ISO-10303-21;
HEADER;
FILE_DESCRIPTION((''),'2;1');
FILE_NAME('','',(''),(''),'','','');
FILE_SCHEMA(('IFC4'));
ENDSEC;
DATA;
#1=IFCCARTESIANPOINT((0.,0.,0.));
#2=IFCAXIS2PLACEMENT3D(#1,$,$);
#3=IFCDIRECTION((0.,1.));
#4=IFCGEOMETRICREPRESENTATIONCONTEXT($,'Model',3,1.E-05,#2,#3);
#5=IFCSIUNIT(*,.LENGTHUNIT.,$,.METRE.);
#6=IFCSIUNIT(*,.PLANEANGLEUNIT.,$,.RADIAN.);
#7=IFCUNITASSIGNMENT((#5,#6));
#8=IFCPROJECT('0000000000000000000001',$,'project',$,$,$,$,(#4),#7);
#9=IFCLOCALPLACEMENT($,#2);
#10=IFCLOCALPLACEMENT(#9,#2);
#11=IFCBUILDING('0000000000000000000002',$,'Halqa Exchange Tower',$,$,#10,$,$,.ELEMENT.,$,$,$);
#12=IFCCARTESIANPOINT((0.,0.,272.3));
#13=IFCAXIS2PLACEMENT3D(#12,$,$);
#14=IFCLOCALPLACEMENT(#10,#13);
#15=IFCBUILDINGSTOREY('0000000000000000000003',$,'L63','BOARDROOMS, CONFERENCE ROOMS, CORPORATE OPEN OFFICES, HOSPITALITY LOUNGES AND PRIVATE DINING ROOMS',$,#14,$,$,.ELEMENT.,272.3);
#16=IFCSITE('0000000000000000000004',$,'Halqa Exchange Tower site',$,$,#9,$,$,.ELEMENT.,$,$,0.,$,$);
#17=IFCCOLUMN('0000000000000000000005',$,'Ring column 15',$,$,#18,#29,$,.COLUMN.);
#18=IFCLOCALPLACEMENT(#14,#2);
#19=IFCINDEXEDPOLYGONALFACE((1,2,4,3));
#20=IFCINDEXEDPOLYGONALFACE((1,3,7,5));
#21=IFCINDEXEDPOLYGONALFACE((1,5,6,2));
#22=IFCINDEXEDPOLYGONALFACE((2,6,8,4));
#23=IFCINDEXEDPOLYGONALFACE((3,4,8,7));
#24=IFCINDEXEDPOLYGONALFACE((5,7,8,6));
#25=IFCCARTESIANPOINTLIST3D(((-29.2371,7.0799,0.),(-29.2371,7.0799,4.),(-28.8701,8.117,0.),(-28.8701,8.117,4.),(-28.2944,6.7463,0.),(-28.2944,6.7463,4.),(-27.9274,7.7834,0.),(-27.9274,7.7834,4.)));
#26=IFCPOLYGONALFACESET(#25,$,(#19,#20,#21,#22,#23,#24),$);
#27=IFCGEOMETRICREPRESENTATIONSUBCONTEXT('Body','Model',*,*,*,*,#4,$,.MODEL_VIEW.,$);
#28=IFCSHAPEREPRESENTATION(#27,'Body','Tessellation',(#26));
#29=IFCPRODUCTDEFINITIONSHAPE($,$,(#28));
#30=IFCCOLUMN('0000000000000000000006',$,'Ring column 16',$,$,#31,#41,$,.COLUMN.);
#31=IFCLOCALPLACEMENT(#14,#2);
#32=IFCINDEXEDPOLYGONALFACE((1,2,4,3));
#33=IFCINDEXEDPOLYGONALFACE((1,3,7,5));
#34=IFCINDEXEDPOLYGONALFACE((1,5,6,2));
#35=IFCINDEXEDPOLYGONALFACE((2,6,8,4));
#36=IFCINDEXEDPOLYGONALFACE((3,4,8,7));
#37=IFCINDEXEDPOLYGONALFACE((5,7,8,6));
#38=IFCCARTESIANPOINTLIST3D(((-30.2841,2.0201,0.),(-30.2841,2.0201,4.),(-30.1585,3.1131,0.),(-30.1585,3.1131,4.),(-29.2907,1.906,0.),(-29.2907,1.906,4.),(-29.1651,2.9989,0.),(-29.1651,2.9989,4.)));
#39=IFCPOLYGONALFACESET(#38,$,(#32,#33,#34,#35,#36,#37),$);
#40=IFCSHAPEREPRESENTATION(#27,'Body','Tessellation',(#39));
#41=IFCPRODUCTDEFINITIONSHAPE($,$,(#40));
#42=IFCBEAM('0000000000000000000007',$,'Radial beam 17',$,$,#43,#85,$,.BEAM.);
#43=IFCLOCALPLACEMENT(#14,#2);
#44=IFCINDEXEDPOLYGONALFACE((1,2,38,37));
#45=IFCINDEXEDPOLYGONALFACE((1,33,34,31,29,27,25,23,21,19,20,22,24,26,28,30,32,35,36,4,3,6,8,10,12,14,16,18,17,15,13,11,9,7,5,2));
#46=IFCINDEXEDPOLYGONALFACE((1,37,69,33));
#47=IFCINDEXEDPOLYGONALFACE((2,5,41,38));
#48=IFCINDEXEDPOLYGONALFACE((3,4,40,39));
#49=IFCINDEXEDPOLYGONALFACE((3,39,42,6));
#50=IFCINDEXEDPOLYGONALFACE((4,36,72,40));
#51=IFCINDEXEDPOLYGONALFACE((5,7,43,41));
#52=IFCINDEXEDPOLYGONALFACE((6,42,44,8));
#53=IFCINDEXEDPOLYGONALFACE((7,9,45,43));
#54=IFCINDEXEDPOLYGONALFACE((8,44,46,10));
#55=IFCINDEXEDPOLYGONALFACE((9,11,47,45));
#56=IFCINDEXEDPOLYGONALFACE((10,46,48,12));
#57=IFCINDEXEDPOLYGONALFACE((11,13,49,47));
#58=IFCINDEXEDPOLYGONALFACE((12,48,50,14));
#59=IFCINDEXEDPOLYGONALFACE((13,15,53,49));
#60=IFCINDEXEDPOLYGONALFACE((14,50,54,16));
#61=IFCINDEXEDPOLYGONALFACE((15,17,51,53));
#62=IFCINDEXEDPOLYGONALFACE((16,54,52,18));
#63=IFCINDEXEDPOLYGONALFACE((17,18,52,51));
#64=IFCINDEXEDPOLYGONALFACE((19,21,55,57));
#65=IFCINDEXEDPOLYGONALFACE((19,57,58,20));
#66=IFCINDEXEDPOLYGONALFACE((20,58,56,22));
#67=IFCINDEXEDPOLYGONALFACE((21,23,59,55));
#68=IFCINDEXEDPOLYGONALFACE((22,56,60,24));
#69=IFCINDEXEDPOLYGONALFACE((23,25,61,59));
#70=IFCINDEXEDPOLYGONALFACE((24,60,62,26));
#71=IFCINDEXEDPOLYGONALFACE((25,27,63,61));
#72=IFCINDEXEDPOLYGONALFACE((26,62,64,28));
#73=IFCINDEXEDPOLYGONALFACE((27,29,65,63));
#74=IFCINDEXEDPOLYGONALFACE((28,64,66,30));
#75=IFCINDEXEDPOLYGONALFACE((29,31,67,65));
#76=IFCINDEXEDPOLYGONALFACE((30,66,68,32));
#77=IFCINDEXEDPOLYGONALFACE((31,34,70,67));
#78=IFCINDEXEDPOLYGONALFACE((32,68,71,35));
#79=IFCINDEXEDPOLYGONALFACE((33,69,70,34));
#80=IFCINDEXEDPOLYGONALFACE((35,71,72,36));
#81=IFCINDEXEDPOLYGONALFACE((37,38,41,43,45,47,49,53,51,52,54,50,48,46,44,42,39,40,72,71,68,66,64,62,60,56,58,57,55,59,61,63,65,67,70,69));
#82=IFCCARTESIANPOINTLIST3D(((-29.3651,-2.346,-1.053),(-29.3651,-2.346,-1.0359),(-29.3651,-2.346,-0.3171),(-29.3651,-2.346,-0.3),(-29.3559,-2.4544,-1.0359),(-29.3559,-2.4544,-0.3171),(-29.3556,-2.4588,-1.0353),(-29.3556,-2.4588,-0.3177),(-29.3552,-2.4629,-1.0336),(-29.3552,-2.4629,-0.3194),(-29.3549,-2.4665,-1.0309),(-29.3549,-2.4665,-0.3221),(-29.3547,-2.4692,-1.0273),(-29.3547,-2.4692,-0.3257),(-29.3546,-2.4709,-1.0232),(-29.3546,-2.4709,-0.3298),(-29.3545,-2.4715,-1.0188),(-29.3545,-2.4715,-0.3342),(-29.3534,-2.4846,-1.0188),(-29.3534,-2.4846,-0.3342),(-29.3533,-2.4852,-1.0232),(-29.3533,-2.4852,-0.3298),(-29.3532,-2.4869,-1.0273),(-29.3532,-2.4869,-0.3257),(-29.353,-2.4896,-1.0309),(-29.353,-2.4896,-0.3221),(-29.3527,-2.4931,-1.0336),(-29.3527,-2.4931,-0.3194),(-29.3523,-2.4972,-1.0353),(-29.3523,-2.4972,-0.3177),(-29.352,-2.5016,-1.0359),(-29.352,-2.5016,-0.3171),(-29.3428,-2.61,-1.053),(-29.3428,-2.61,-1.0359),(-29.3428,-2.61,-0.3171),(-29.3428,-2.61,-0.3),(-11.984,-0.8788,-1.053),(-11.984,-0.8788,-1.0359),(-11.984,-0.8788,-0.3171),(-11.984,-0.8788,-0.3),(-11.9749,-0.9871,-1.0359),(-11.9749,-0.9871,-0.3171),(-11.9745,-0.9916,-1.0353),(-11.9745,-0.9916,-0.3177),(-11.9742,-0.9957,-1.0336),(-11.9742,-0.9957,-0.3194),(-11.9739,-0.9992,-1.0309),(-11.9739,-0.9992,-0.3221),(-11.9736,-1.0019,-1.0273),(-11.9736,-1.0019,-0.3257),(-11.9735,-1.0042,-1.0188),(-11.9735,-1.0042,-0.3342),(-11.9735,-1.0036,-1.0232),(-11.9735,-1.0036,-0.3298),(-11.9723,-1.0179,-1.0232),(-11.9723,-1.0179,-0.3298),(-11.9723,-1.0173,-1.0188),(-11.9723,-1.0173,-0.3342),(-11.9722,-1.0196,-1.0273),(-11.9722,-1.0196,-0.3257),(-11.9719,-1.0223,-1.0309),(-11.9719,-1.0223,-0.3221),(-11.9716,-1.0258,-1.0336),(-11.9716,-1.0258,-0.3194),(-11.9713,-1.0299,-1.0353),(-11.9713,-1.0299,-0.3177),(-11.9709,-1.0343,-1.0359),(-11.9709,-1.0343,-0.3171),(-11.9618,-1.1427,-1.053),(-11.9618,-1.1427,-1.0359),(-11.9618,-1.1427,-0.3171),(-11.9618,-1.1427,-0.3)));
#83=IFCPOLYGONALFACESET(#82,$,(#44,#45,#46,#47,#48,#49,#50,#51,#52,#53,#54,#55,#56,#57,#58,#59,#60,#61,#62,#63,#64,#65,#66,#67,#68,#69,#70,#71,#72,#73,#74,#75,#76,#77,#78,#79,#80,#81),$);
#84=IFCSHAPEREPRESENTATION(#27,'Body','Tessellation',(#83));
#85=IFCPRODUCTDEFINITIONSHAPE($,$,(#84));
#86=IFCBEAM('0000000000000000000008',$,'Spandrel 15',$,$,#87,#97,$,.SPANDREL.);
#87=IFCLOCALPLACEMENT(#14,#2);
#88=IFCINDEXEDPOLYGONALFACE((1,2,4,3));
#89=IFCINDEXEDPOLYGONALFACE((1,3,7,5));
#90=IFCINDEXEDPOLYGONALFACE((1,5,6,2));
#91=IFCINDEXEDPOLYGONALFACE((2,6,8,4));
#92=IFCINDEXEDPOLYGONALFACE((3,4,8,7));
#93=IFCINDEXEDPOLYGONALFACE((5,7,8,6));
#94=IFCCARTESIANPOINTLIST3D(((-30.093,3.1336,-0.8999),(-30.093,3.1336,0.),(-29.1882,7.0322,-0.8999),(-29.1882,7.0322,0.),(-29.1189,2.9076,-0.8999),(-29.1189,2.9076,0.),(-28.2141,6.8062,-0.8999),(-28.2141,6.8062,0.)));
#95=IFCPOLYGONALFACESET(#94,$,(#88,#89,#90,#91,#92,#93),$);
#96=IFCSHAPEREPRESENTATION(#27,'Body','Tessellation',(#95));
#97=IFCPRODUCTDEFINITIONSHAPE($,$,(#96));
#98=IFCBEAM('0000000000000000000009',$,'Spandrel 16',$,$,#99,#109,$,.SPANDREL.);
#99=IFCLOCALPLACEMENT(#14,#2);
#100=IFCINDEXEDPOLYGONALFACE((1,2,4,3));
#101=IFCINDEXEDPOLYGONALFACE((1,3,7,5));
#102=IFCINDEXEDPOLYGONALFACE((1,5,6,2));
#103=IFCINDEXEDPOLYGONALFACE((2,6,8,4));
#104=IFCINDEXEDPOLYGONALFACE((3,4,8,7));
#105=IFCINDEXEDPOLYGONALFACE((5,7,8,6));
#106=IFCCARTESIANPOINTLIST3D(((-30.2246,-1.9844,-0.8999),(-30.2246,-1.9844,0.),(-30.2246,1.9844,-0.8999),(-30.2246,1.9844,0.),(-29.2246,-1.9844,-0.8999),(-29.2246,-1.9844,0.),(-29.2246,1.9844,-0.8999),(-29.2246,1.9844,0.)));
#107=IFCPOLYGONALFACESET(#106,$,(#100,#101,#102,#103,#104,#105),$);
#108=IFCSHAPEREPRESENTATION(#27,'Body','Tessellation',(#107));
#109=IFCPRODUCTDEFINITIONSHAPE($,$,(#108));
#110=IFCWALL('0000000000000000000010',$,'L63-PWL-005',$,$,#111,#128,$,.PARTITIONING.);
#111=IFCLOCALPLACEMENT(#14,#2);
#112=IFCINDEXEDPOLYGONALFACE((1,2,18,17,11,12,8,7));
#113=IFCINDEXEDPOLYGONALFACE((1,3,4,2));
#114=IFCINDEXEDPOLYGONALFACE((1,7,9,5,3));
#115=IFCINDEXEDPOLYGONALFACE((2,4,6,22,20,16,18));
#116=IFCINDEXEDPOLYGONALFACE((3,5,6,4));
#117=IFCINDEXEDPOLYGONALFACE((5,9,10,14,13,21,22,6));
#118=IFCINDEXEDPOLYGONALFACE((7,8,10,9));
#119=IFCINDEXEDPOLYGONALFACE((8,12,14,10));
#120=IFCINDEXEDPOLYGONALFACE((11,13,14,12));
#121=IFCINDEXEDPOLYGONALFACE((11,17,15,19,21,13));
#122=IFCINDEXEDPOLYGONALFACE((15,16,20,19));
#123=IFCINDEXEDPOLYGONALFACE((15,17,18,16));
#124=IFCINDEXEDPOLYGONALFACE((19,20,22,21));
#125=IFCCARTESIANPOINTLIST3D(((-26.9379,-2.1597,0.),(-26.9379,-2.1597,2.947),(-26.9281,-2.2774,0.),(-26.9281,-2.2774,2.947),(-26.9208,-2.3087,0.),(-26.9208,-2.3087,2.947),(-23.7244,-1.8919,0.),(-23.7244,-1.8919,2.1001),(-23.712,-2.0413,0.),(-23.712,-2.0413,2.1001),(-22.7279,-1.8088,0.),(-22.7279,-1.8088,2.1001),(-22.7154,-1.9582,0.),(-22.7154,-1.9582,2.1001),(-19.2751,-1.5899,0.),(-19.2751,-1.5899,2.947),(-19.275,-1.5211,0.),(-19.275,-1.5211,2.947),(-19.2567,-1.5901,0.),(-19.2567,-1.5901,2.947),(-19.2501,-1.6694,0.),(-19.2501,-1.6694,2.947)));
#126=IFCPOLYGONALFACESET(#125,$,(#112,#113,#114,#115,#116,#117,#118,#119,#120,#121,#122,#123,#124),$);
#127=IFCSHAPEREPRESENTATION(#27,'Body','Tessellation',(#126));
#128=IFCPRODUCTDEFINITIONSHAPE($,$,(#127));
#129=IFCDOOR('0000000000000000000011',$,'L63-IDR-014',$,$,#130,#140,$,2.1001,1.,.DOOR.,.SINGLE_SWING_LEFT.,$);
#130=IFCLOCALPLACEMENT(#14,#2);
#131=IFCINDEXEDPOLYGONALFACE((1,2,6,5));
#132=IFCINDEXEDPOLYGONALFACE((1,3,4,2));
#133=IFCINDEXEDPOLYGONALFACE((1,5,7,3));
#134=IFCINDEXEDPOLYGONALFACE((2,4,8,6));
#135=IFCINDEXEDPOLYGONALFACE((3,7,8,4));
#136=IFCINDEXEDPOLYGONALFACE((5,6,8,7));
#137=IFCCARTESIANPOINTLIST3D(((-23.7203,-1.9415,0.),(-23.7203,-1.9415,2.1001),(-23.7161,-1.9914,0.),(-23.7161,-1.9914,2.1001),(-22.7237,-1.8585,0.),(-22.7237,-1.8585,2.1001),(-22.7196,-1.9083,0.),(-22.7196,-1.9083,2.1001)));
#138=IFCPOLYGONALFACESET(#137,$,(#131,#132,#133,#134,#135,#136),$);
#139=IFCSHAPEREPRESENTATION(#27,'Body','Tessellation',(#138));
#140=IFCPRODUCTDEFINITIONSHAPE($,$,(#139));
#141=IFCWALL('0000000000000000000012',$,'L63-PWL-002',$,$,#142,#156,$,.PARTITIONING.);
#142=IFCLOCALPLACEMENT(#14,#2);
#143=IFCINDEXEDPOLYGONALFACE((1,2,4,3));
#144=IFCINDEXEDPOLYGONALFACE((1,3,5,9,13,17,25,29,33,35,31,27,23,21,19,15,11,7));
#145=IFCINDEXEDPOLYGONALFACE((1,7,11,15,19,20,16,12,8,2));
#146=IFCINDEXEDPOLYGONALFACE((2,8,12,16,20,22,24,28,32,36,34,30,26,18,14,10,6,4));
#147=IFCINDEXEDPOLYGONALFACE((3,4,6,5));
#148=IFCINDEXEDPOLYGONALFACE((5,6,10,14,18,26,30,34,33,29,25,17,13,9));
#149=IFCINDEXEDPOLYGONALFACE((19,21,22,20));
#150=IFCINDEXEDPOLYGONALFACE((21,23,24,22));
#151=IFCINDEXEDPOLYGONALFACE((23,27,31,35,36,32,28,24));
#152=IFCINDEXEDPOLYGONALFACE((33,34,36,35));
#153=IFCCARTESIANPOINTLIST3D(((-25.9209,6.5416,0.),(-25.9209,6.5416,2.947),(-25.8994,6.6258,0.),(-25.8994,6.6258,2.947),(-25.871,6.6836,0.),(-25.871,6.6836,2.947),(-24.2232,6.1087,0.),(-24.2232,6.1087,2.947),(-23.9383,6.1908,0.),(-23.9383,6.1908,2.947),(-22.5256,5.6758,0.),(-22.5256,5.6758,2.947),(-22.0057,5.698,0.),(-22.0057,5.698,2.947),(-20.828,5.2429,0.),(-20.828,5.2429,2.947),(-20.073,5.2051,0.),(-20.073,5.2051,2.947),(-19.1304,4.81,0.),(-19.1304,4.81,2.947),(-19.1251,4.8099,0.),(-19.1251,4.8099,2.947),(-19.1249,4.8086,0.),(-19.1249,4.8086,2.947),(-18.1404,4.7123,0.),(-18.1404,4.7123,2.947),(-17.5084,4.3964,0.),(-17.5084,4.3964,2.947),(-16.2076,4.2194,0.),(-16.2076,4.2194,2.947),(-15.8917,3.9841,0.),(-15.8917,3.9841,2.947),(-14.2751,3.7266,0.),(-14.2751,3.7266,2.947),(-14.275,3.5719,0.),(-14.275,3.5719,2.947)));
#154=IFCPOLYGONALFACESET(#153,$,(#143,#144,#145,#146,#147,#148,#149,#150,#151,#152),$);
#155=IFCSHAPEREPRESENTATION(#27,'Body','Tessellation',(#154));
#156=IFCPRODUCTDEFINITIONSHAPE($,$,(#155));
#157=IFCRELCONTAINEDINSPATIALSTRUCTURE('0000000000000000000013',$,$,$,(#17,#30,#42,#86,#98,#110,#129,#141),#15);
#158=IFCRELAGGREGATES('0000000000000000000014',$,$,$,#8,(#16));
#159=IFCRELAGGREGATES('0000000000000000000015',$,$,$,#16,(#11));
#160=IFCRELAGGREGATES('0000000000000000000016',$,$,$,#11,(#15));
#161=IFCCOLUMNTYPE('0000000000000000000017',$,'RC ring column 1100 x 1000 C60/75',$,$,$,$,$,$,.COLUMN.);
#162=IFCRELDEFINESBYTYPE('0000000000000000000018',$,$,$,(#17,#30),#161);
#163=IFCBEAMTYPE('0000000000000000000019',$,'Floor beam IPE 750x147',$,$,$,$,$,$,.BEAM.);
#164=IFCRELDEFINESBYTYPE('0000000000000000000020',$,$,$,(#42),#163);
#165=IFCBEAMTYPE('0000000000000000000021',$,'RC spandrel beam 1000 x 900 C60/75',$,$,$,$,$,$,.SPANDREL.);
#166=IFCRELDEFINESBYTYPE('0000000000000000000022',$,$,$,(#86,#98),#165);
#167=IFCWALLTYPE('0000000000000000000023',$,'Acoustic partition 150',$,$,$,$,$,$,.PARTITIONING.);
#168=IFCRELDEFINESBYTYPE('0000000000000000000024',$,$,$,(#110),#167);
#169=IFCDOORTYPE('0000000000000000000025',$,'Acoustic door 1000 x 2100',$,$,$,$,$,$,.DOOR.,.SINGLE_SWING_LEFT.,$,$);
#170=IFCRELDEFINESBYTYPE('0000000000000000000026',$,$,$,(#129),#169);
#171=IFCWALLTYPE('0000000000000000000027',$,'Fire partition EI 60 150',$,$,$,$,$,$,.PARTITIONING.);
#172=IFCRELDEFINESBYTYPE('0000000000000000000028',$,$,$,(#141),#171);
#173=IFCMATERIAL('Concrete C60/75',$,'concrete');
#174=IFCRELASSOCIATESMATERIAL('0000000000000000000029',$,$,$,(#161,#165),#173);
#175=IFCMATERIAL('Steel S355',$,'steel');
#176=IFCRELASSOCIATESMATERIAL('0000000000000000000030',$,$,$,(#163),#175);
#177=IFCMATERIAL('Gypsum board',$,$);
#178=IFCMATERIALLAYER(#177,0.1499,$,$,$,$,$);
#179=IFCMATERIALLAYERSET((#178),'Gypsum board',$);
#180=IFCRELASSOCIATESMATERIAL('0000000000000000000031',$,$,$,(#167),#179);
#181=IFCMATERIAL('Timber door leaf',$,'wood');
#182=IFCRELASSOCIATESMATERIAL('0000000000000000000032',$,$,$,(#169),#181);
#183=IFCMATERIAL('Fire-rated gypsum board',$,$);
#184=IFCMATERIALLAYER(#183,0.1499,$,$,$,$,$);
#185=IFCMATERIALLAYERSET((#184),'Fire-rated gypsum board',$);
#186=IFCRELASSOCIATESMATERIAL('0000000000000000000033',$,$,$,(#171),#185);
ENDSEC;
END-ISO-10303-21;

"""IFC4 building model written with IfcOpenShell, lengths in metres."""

from ifc_helpers import new_model, si_unit, direction, frame, frame_2d, origin, origin_2d, place, context, subcontext, project, spatial, polyline, rectangle, i_section, outline, extrude, material, layer, layer_set, material_profile, profile_set, type_object, element, fill, save


model = new_model("IFC4")

# Units and contexts
model_context = context("Model", 3, precision=1e-05, world=origin(), true_north=direction((0.0, 1.0)))
body_context = subcontext(model_context, "Body", "Model", "MODEL_VIEW")
ifc_project = project(units=[si_unit("LENGTHUNIT", "METRE"), si_unit("PLANEANGLEUNIT", "RADIAN")], contexts=[model_context])

# Site, building, storey
site_placement = place(None, origin())
site = spatial("IfcSite", under=ifc_project, at=site_placement, Name="Halqa Exchange Tower site", CompositionType="ELEMENT", RefElevation=0.0)
building_placement = place(site_placement, origin())
building = spatial("IfcBuilding", under=site, at=building_placement, Name="Halqa Exchange Tower", CompositionType="ELEMENT")
storey_placement = place(building_placement, frame((0.0, 0.0, 272.3)))
storey = spatial("IfcBuildingStorey", under=building, at=storey_placement, Name="L63", Description="BOARDROOMS, CONFERENCE ROOMS, CORPORATE OPEN OFFICES, HOSPITALITY LOUNGES AND PRIVATE DINING ROOMS", CompositionType="ELEMENT", Elevation=272.3)

# Columns
ifc_material_1 = material(Name="Concrete C60/75", Category="concrete")
ifc_material_profile_1 = material_profile(ifc_material_1, rectangle(XDim=1.1001, YDim=1.0, at=origin_2d()), Name="1100 x 1000")
ifc_profile_set_1 = profile_set([ifc_material_profile_1], Name="Concrete C60/75")
column_type = type_object("IfcColumnType", Name="RC ring column 1100 x 1000 C60/75", PredefinedType="COLUMN", material=ifc_profile_set_1)
for number, where, z_axis, x_axis, name in (
    (1, (-28.5823, 7.4316, 0.0), (0.0, 0.0, 1.0), (-0.333628, -0.942705, 0.0), "Ring column 15"),
    (2, (-29.7246, 2.5095, 0.0), (0.0, 0.0, 1.0), (-0.114155, -0.993463, 0.0), "Ring column 16"),
):
    element("IfcColumn", number, at=place(storey_placement, frame(where, z_axis=z_axis, x_axis=x_axis)), inside=storey, type_object=column_type, Name=name, PredefinedType="COLUMN", context=body_context, shape_type="SweptSolid", body=[
        extrude(rectangle(XDim=1.1001, YDim=1.0, at=origin_2d()), origin(), (0.0, 0.0, 1.0), 4.0),
    ])

# Beams
ifc_material_2 = material(Name="Steel S355", Category="steel")
ifc_material_profile_2 = material_profile(ifc_material_2, i_section(OverallWidth=0.2649, OverallDepth=0.7529, WebThickness=0.0132, FlangeThickness=0.0171, FilletRadius=0.0171, at=origin_2d()), Name="IPE 750x147")
ifc_profile_set_2 = profile_set([ifc_material_profile_2], Name="Steel S355")
beam_type_1 = type_object("IfcBeamType", Name="Floor beam IPE 750x147", PredefinedType="BEAM", material=ifc_profile_set_2)
beam_1_placement = place(storey_placement, frame((-11.9729, -1.0107, -0.6765), z_axis=(-0.996456, -0.084119, 0.0), x_axis=(0.084119, -0.996456, 0.0)))
element("IfcBeam", 3, at=beam_1_placement, inside=storey, type_object=beam_type_1, Name="Radial beam 17", PredefinedType="BEAM", context=body_context, shape_type="SweptSolid", body=[
    extrude(i_section(OverallWidth=0.2649, OverallDepth=0.7529, WebThickness=0.0132, FlangeThickness=0.0171, FilletRadius=0.0171, at=origin_2d()), origin(), (0.0, 0.0, 1.0), 17.4429),
])
ifc_material_profile_3 = material_profile(ifc_material_1, rectangle(XDim=1.0, YDim=0.8999, at=origin_2d()), Name="1000 x 900")
ifc_profile_set_3 = profile_set([ifc_material_profile_3], Name="Concrete C60/75")
beam_type_2 = type_object("IfcBeamType", Name="RC spandrel beam 1000 x 900 C60/75", PredefinedType="SPANDREL", material=ifc_profile_set_3)
beam_2_placement = place(storey_placement, frame((-28.7012, 6.9192, -0.45), z_axis=(-0.226067, -0.974112, 0.0), x_axis=(0.974112, -0.226067, 0.0)))
element("IfcBeam", 4, at=beam_2_placement, inside=storey, type_object=beam_type_2, Name="Spandrel 15", PredefinedType="SPANDREL", context=body_context, shape_type="SweptSolid", body=[
    extrude(rectangle(XDim=1.0, YDim=0.8999, at=origin_2d()), origin(), (0.0, 0.0, 1.0), 4.0022),
])
beam_3_placement = place(storey_placement, frame((-29.7246, 1.9844, -0.45), z_axis=(0.0, -1.0, 0.0), x_axis=(1.0, 0.0, 0.0)))
element("IfcBeam", 5, at=beam_3_placement, inside=storey, type_object=beam_type_2, Name="Spandrel 16", PredefinedType="SPANDREL", context=body_context, shape_type="SweptSolid", body=[
    extrude(rectangle(XDim=1.0, YDim=0.8999, at=origin_2d()), origin(), (0.0, 0.0, 1.0), 3.9688),
])

# Wall, opening, door
ifc_material_3 = material(Name="Gypsum board")
ifc_layer_1 = layer(ifc_material_3, 0.1499)
ifc_layer_set_1 = layer_set([ifc_layer_1], Name="Gypsum board")
wall_type_1 = type_object("IfcWallType", Name="Acoustic partition 150", PredefinedType="PARTITIONING", material=ifc_layer_set_1)
wall_1_placement = place(storey_placement, frame((-19.2563, -1.5947, 0.0), z_axis=(0.0, 0.0, 1.0), x_axis=(-0.996545, -0.083051, 0.0)))
wall_1 = element("IfcWall", 6, at=wall_1_placement, inside=storey, type_object=wall_type_1, Name="L63-PWL-005", PredefinedType="PARTITIONING", context=body_context, shape_type="SweptSolid", body=[
    extrude(outline(polyline([(7.7019, -0.075), (7.7019, 0.0432), (7.6973, 0.075), (5.7729, 0.075), (3.8486, 0.075), (1.9243, 0.075), (0.0, 0.075), (0.0, -0.0046), (0.0183, -0.0063), (0.0125, -0.075), (1.9348, -0.075), (3.8572, -0.075), (5.7795, -0.075), (7.7019, -0.075)])), origin(), (0.0, 0.0, 1.0), 2.947),
])
opening_1_placement = place(wall_1_placement, frame((3.4773, 0.0, 0.0)))
opening_1 = element("IfcOpeningElement", 7, at=opening_1_placement, cuts=wall_1, PredefinedType="OPENING", context=body_context, shape_type="SweptSolid", body=[
    extrude(rectangle(XDim=1.0, YDim=2.1001, at=frame_2d((0.5, 1.05))), frame((0.0, 0.0869, 0.0), z_axis=(0.0, -1.0, 0.0), x_axis=(1.0, 0.0, 0.0)), (0.0, 0.0, 1.0), 0.1738),
])
ifc_material_4 = material(Name="Timber door leaf", Category="wood")
door_type_1 = type_object("IfcDoorType", Name="Acoustic door 1000 x 2100", OperationType="SINGLE_SWING_LEFT", PredefinedType="DOOR", material=ifc_material_4)
door_1_placement = place(opening_1_placement, origin())
door_1 = element("IfcDoor", 8, at=door_1_placement, inside=storey, type_object=door_type_1, Name="L63-IDR-014", OperationType="SINGLE_SWING_LEFT", OverallHeight=2.1001, OverallWidth=1.0, PredefinedType="DOOR", context=body_context, shape_type="SweptSolid", body=[
    extrude(rectangle(XDim=1.0, YDim=2.1001, at=frame_2d((0.5, 1.05))), frame((0.0, 0.0249, 0.0), z_axis=(0.0, -1.0, 0.0), x_axis=(1.0, 0.0, 0.0)), (0.0, 0.0, 1.0), 0.05),
])
fill(opening_1, door_1)

# Wall
ifc_material_5 = material(Name="Fire-rated gypsum board")
ifc_layer_2 = layer(ifc_material_5, 0.1499)
ifc_layer_set_2 = layer_set([ifc_layer_2], Name="Fire-rated gypsum board")
wall_type_2 = type_object("IfcWallType", Name="Fire partition EI 60 150", PredefinedType="PARTITIONING", material=ifc_layer_set_2)
wall_2_placement = place(storey_placement, frame((-25.9023, 6.6143, 0.0), z_axis=(0.0, 0.0, 1.0), x_axis=(0.968991, -0.247098, 0.0)))
element("IfcWall", 9, at=wall_2_placement, inside=storey, type_object=wall_type_2, Name="L63-PWL-002", PredefinedType="PARTITIONING", context=body_context, shape_type="SweptSolid", body=[
    extrude(outline(polyline([(0.0, -0.075), (1.752, -0.075), (3.5039, -0.075), (5.2559, -0.075), (7.0078, -0.075), (7.0129, -0.0737), (7.0134, -0.075), (8.6816, -0.075), (10.3501, -0.075), (12.0186, -0.075), (11.9802, 0.075), (9.9858, 0.075), (7.9912, 0.075), (5.9968, 0.075), (4.0022, 0.075), (2.0078, 0.075), (0.0132, 0.075), (0.0, 0.012), (0.0, -0.075)])), origin(), (0.0, 0.0, 1.0), 2.947),
])

save(model, "model.ifc")
